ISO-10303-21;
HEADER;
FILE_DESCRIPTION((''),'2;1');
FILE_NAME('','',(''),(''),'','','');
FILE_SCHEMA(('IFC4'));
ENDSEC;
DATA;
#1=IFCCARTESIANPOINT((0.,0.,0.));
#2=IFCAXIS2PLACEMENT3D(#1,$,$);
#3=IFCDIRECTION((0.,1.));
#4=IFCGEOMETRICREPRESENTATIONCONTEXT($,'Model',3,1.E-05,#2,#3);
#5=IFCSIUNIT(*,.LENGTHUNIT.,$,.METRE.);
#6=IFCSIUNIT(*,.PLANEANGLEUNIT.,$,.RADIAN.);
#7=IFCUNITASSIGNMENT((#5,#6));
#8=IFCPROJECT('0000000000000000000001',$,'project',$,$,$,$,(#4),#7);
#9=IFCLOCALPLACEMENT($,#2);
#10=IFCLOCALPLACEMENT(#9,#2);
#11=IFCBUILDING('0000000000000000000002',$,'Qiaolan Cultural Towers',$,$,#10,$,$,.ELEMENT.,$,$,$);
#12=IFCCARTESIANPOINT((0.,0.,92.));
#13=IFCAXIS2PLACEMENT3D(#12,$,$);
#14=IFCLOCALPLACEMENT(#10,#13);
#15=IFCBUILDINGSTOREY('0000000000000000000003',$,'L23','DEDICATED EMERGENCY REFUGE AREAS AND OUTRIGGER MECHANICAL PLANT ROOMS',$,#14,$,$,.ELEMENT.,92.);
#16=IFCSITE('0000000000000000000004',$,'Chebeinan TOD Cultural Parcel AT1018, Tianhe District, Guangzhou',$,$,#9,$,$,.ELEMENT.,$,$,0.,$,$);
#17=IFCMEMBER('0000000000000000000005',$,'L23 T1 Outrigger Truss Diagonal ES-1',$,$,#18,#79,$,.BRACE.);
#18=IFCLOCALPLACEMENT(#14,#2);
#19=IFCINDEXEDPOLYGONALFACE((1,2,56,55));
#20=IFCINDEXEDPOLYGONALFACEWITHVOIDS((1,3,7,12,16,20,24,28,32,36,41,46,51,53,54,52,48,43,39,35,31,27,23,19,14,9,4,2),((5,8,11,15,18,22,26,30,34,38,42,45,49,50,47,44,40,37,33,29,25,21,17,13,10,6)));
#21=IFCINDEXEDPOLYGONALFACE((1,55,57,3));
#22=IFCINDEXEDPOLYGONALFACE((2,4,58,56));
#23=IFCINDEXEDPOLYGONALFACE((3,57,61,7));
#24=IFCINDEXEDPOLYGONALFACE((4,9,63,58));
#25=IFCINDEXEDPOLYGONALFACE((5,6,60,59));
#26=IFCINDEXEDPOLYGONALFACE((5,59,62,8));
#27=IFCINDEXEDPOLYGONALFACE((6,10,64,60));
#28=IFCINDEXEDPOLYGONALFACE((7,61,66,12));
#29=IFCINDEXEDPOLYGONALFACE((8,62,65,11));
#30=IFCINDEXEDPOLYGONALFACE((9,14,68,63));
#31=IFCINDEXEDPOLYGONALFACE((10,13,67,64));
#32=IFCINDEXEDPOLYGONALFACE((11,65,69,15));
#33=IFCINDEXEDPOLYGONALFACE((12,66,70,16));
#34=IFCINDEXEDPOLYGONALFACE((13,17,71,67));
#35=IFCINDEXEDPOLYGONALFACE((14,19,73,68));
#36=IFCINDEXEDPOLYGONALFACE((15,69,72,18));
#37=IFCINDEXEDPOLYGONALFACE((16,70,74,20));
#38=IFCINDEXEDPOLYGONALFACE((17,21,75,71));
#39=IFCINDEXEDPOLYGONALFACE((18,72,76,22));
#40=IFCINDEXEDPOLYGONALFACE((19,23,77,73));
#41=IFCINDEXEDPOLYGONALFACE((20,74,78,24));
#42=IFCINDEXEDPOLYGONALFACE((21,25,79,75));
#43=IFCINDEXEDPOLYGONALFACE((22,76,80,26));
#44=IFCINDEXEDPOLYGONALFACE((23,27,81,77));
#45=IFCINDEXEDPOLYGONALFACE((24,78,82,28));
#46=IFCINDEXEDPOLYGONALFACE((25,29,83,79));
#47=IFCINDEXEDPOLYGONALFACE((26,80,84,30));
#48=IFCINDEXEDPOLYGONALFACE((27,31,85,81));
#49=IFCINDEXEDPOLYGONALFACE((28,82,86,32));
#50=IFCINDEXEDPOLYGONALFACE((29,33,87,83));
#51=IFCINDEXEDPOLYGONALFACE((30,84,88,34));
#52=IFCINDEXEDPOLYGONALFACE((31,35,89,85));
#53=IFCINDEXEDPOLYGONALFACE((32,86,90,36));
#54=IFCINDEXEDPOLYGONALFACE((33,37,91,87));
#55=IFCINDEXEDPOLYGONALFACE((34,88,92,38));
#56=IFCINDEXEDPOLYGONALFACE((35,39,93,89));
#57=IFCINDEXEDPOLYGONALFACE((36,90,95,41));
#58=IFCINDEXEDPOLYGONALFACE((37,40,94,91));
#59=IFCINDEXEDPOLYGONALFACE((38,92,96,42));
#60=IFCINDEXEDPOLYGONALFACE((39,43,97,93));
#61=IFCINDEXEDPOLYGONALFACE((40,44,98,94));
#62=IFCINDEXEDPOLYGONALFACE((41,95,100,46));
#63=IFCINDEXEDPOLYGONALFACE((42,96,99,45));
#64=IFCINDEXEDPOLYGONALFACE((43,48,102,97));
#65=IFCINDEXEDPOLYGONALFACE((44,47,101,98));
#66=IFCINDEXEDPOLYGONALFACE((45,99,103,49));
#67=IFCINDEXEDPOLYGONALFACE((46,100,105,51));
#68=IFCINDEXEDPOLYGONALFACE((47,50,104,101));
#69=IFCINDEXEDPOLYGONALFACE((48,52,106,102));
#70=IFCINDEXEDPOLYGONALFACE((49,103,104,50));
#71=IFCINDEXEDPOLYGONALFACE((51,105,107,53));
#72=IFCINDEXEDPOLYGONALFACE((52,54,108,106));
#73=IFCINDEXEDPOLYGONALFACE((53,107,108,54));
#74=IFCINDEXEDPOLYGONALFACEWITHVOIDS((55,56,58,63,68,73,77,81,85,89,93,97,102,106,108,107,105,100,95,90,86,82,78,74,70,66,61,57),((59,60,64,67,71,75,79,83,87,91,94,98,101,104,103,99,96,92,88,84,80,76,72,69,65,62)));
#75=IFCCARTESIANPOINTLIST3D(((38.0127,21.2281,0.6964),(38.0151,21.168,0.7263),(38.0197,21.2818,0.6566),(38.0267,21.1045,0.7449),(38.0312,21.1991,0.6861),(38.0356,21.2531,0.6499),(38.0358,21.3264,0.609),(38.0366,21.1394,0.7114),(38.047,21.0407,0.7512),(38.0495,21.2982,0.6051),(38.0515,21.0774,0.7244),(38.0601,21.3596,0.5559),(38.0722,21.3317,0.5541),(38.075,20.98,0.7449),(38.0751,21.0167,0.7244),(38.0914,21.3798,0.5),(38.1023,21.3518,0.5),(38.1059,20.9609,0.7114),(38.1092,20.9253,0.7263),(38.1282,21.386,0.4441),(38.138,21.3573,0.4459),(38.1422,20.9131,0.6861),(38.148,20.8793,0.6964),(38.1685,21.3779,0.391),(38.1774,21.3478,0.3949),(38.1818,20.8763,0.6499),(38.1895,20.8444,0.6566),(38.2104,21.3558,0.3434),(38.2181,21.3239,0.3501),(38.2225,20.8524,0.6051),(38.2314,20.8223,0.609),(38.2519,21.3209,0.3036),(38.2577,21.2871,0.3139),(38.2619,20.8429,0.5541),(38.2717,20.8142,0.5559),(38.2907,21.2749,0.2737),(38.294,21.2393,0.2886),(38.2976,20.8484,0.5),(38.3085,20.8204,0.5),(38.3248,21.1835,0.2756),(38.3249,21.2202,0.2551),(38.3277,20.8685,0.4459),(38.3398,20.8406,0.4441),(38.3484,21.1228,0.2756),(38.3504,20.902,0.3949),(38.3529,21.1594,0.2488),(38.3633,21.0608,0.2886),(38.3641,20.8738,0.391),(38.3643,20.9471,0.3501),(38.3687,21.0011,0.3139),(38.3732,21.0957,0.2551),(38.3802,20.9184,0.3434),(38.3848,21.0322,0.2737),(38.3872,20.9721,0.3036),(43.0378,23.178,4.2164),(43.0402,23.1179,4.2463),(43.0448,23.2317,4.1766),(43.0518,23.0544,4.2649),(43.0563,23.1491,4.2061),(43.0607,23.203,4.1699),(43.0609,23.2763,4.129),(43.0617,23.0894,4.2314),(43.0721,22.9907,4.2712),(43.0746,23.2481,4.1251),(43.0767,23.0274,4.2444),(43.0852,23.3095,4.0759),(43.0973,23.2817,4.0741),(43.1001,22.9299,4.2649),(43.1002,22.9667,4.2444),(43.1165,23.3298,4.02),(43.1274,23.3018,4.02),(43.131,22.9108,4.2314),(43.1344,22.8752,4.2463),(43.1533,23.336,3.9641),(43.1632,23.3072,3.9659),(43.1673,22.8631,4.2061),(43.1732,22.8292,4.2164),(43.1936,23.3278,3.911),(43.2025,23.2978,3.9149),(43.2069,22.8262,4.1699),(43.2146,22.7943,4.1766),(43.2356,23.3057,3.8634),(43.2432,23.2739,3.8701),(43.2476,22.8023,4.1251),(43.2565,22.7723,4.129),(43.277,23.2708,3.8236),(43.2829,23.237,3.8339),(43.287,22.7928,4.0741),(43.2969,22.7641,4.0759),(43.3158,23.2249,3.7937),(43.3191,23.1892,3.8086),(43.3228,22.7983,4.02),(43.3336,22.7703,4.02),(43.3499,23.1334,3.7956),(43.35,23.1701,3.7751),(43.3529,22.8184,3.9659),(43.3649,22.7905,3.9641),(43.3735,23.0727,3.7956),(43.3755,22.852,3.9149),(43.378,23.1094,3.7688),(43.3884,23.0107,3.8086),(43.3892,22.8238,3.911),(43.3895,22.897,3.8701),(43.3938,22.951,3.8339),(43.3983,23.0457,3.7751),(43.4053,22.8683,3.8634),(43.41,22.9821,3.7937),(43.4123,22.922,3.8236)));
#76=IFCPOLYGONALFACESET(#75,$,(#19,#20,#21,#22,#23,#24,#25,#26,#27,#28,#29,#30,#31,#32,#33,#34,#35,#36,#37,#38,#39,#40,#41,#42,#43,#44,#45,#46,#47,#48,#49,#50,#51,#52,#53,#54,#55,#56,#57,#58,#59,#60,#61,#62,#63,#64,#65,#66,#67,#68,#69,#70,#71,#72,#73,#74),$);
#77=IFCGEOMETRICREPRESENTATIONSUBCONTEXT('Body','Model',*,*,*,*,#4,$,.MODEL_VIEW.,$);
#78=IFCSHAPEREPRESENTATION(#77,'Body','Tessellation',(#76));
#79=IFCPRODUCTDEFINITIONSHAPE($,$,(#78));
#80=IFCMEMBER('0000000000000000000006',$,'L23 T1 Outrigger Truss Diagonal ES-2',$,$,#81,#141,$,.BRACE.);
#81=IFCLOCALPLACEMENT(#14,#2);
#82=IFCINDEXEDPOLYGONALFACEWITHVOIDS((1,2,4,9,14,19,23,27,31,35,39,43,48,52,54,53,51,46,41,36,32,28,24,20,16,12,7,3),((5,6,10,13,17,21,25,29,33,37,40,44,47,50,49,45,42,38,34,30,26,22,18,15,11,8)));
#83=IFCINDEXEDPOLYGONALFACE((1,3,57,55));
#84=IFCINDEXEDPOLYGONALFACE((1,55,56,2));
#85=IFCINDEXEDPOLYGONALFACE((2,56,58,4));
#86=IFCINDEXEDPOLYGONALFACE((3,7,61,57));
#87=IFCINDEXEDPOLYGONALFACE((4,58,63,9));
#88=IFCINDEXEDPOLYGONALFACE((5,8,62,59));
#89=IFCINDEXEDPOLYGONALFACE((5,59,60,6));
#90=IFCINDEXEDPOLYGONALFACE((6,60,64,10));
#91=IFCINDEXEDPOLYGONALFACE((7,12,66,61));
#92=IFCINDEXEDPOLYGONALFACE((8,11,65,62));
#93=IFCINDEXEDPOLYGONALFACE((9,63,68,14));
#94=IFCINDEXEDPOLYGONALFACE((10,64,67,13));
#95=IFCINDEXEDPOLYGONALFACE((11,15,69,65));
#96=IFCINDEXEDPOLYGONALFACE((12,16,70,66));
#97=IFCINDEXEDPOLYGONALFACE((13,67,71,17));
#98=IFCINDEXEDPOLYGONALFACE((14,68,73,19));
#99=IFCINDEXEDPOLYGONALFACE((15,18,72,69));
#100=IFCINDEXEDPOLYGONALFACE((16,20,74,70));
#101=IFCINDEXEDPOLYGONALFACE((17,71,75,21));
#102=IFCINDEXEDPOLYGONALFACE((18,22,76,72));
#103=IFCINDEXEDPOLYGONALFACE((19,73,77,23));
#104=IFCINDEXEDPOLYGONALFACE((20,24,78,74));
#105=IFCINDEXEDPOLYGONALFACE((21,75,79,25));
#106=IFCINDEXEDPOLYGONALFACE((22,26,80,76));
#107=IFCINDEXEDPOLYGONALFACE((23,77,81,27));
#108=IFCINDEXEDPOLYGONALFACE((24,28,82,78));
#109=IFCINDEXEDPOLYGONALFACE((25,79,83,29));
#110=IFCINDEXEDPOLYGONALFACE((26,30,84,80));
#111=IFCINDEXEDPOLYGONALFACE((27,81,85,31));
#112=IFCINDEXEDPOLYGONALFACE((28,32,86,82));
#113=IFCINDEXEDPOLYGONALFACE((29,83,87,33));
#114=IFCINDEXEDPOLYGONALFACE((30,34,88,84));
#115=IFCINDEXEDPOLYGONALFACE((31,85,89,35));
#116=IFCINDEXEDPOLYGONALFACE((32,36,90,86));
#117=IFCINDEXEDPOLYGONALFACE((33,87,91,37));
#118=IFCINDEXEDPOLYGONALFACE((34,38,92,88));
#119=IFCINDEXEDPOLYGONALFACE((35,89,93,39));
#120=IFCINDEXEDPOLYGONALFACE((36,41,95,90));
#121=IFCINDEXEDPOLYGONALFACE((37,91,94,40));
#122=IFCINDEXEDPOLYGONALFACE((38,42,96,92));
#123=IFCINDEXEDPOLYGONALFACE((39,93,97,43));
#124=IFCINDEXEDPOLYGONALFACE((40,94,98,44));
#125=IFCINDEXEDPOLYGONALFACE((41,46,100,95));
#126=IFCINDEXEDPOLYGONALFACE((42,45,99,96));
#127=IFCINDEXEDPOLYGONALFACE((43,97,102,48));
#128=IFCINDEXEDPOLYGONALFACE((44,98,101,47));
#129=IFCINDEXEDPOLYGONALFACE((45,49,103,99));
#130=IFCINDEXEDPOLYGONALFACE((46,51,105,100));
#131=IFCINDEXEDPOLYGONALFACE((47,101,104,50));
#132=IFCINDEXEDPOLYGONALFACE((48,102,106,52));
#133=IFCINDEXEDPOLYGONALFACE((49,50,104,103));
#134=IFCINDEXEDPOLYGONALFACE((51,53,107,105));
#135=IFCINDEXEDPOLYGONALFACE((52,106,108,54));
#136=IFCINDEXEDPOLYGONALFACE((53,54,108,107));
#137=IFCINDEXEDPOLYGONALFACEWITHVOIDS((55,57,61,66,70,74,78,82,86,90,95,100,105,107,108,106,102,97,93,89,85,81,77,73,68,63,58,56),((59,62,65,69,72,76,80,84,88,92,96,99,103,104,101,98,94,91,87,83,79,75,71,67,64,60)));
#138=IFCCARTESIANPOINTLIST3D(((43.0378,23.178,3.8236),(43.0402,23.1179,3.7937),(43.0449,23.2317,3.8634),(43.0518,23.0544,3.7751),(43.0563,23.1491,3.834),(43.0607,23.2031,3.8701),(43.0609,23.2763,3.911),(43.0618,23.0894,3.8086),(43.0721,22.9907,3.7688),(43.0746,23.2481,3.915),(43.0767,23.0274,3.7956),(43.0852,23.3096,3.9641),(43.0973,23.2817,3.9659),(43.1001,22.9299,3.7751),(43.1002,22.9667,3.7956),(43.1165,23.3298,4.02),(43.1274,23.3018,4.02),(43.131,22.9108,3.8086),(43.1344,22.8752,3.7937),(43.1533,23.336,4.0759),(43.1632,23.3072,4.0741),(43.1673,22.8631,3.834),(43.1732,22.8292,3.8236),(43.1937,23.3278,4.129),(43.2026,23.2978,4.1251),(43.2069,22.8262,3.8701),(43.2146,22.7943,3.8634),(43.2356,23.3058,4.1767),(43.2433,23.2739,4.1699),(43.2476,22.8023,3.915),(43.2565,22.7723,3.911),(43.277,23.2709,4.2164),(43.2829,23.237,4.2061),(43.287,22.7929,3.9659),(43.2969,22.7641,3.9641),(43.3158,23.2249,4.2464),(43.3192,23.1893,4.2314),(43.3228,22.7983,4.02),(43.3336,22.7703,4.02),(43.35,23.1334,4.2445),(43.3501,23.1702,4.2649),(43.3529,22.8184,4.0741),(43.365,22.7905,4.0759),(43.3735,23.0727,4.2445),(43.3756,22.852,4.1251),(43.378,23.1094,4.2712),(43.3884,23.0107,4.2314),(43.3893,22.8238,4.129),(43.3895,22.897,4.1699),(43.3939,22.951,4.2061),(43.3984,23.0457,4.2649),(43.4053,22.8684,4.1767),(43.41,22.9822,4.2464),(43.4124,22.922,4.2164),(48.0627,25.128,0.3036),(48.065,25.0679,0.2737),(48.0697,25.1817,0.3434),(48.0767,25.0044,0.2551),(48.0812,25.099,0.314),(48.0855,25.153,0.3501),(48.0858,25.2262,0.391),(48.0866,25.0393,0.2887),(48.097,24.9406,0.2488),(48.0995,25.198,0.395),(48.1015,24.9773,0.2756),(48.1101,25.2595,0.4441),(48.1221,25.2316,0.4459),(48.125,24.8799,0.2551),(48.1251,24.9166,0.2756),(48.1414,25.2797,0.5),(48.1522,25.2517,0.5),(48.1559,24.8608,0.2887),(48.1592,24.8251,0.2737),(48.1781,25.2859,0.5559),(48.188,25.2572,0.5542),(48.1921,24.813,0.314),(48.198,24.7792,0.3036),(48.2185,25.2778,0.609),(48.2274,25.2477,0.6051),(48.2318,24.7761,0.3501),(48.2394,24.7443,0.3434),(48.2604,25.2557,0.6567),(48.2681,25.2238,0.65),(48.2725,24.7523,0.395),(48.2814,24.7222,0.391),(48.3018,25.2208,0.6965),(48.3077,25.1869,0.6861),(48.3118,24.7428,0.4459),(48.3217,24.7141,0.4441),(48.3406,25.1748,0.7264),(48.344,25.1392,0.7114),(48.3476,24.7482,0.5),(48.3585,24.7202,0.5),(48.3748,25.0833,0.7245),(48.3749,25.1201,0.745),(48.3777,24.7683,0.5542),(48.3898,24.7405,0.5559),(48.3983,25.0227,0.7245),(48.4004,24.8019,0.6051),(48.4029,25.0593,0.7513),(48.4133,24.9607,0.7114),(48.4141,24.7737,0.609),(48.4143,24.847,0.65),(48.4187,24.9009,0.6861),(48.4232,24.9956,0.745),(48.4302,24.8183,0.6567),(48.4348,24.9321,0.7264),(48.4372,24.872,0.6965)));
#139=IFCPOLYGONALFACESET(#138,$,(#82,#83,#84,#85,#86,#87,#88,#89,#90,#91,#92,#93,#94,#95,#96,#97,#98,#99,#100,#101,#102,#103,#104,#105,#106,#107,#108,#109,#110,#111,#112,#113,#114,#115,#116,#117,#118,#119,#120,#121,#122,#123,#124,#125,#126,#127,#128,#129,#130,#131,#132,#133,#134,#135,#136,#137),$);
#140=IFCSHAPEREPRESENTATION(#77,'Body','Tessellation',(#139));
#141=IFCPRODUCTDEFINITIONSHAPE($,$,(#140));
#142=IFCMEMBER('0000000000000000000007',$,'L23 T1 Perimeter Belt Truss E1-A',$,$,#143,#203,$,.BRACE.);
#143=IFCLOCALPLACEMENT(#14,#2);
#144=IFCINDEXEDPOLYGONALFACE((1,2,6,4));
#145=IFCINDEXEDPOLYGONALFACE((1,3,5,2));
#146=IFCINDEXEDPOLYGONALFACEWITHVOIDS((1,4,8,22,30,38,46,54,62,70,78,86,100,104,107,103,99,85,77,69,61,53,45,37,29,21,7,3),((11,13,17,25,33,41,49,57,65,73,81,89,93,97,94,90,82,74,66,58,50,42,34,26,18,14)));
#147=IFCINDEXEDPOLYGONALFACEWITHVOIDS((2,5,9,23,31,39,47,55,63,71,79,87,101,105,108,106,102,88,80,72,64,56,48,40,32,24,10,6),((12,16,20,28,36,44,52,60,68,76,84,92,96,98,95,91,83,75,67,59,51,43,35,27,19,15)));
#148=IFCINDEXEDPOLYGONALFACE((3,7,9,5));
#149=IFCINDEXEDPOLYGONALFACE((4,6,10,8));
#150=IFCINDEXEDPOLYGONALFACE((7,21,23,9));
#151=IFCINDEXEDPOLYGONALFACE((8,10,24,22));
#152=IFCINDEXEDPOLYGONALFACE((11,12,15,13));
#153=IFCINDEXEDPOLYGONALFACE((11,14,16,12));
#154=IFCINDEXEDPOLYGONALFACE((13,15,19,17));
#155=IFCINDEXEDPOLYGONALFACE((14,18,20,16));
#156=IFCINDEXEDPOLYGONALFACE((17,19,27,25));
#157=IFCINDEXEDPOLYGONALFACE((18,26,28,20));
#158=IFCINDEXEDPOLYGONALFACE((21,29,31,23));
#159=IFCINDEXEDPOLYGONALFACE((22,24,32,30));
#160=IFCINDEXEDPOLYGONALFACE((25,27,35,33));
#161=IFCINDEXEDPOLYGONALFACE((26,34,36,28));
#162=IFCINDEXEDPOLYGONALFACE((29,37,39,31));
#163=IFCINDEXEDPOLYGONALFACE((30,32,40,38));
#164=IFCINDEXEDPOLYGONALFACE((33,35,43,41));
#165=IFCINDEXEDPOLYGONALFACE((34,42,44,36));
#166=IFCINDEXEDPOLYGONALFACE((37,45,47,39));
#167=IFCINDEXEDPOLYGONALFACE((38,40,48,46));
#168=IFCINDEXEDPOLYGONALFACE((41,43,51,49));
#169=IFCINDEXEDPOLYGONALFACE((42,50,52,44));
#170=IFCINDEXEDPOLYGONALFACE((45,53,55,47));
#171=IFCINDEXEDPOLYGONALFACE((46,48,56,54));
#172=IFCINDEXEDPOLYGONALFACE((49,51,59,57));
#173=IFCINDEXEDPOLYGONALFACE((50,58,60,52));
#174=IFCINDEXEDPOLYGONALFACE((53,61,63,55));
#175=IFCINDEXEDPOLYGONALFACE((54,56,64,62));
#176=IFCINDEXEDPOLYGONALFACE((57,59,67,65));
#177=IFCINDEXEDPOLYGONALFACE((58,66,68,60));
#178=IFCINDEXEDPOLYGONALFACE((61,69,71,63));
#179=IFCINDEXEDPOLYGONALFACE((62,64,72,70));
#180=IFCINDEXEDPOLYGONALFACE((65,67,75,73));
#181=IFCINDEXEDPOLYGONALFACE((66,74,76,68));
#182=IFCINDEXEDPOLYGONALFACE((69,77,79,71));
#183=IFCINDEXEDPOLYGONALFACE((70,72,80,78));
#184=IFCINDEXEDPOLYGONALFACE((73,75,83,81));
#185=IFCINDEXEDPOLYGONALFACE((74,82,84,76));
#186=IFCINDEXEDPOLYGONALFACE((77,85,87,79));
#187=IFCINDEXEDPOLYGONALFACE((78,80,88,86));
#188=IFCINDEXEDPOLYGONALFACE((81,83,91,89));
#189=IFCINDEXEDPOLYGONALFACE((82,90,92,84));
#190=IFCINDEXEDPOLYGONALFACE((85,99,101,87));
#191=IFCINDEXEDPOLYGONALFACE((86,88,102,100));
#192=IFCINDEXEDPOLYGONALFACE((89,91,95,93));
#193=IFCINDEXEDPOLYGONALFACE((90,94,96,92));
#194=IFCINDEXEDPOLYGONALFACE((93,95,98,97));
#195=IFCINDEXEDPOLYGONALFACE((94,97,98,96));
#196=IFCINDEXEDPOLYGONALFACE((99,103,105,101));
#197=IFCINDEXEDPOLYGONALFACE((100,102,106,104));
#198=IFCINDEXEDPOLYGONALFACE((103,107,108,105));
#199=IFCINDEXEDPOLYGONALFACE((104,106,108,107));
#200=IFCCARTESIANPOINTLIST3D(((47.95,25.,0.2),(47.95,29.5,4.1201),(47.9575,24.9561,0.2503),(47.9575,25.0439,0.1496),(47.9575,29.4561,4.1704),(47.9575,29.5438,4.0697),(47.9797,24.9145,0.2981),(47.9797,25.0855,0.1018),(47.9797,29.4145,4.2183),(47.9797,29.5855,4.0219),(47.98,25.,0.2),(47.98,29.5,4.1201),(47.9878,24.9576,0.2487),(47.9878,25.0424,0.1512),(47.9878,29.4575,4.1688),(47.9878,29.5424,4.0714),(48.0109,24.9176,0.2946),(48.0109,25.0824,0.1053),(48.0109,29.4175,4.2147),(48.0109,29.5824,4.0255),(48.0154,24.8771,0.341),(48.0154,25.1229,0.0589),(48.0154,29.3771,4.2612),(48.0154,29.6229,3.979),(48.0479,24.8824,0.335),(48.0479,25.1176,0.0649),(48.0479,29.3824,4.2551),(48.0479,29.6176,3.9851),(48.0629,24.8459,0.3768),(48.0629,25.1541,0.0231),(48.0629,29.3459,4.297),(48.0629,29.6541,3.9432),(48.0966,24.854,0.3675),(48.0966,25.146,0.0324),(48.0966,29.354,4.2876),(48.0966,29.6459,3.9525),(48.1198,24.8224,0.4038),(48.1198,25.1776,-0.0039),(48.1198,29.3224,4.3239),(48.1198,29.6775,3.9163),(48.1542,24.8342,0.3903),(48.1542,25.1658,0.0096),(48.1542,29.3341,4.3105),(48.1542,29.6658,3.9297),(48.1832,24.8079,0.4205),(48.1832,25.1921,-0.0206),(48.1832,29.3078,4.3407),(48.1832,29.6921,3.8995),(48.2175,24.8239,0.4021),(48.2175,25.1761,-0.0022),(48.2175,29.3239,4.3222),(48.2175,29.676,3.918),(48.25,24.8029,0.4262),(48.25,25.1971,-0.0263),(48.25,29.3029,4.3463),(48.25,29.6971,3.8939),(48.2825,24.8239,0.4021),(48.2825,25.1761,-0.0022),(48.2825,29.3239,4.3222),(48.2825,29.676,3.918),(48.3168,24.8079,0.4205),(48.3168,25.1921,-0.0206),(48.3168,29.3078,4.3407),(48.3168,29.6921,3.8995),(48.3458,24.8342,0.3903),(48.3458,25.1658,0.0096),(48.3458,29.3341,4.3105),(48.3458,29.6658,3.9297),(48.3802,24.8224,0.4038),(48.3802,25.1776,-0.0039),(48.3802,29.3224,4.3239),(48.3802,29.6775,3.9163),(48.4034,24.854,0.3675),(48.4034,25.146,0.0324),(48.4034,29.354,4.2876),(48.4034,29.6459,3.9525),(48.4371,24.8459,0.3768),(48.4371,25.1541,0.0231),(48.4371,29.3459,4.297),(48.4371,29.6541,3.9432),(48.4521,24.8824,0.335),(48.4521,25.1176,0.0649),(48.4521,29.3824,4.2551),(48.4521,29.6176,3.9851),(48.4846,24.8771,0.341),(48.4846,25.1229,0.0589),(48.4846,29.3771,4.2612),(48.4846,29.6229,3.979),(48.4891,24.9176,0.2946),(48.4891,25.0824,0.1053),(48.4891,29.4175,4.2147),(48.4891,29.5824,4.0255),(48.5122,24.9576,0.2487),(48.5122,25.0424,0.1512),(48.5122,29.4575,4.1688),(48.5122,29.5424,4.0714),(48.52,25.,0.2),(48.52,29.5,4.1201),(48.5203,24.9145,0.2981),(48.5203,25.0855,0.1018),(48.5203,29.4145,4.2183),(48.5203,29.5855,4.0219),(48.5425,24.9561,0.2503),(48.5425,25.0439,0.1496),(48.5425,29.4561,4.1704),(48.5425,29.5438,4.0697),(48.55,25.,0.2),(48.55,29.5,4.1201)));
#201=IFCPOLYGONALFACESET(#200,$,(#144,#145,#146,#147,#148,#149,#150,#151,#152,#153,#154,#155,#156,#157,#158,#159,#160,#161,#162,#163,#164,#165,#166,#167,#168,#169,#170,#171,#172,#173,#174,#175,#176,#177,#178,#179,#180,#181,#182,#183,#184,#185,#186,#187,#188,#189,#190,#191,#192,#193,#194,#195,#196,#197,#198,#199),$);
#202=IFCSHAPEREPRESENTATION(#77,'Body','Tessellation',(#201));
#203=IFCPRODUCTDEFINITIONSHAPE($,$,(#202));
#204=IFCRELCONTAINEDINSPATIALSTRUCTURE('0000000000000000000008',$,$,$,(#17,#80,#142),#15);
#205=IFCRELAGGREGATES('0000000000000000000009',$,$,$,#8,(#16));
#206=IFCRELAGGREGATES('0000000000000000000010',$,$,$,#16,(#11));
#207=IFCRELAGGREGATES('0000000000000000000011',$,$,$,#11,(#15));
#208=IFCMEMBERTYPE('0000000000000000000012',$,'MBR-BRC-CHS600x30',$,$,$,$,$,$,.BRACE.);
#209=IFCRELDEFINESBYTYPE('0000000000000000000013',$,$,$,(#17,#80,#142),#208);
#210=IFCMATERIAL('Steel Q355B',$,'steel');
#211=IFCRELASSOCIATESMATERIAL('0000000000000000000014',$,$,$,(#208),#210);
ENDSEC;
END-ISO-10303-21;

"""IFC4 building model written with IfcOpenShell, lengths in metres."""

from ifc_helpers import new_model, si_unit, direction, frame, origin, origin_2d, place, context, subcontext, project, spatial, hollow_circle, extrude, material, material_profile, profile_set, type_object, element, save


model = new_model("IFC4")

# Units and contexts
model_context = context("Model", 3, precision=1e-05, world=origin(), true_north=direction((0.0, 1.0)))
body_context = subcontext(model_context, "Body", "Model", "MODEL_VIEW")
ifc_project = project(units=[si_unit("LENGTHUNIT", "METRE"), si_unit("PLANEANGLEUNIT", "RADIAN")], contexts=[model_context])

# Site, building, storey
site_placement = place(None, origin())
site = spatial("IfcSite", under=ifc_project, at=site_placement, Name="Chebeinan TOD Cultural Parcel AT1018, Tianhe District, Guangzhou", CompositionType="ELEMENT", RefElevation=0.0)
building_placement = place(site_placement, origin())
building = spatial("IfcBuilding", under=site, at=building_placement, Name="Qiaolan Cultural Towers", CompositionType="ELEMENT")
storey_placement = place(building_placement, frame((0.0, 0.0, 92.0)))
storey = spatial("IfcBuildingStorey", under=building, at=storey_placement, Name="L23", Description="DEDICATED EMERGENCY REFUGE AREAS AND OUTRIGGER MECHANICAL PLANT ROOMS", CompositionType="ELEMENT", Elevation=92.0)

# Members
ifc_material_1 = material(Name="Steel Q355B", Category="steel")
ifc_material_profile_1 = material_profile(ifc_material_1, hollow_circle(Radius=0.3, WallThickness=0.03, at=origin_2d()), Name="CHS600x30")
ifc_profile_set_1 = profile_set([ifc_material_profile_1], Name="Steel Q355B")
member_type_1 = type_object("IfcMemberType", Name="MBR-BRC-CHS600x30", PredefinedType="BRACE", material=ifc_profile_set_1)
member_1_placement = place(storey_placement, frame((38.2, 21.1001, 0.5), z_axis=(0.780572, 0.302892, 0.546776), x_axis=(-0.361758, 0.932272, 0.0)))
element("IfcMember", 1, at=member_1_placement, inside=storey, type_object=member_type_1, Name="L23 T1 Outrigger Truss Diagonal ES-1", PredefinedType="BRACE", context=body_context, shape_type="SweptSolid", body=[
    extrude(hollow_circle(Radius=0.3, WallThickness=0.03, at=origin_2d()), origin(), (0.0, 0.0, 1.0), 6.4377),
])
member_2_placement = place(storey_placement, frame((43.2251, 23.05, 4.02), z_axis=(0.780557, 0.302901, -0.546792), x_axis=(-0.361773, 0.932266, 0.0)))
element("IfcMember", 2, at=member_2_placement, inside=storey, type_object=member_type_1, Name="L23 T1 Outrigger Truss Diagonal ES-2", PredefinedType="BRACE", context=body_context, shape_type="SweptSolid", body=[
    extrude(hollow_circle(Radius=0.3, WallThickness=0.03, at=origin_2d()), origin(), (0.0, 0.0, 1.0), 6.4375),
])
member_3_placement = place(storey_placement, frame((48.25, 25.0, 0.2), z_axis=(0.0, 0.754014, 0.656858), x_axis=(-1.0, 0.0, 0.0)))
element("IfcMember", 3, at=member_3_placement, inside=storey, type_object=member_type_1, Name="L23 T1 Perimeter Belt Truss E1-A", PredefinedType="BRACE", context=body_context, shape_type="SweptSolid", body=[
    extrude(hollow_circle(Radius=0.3, WallThickness=0.03, at=origin_2d()), origin(), (0.0, 0.0, 1.0), 5.968),
])

save(model, "model.ifc")
